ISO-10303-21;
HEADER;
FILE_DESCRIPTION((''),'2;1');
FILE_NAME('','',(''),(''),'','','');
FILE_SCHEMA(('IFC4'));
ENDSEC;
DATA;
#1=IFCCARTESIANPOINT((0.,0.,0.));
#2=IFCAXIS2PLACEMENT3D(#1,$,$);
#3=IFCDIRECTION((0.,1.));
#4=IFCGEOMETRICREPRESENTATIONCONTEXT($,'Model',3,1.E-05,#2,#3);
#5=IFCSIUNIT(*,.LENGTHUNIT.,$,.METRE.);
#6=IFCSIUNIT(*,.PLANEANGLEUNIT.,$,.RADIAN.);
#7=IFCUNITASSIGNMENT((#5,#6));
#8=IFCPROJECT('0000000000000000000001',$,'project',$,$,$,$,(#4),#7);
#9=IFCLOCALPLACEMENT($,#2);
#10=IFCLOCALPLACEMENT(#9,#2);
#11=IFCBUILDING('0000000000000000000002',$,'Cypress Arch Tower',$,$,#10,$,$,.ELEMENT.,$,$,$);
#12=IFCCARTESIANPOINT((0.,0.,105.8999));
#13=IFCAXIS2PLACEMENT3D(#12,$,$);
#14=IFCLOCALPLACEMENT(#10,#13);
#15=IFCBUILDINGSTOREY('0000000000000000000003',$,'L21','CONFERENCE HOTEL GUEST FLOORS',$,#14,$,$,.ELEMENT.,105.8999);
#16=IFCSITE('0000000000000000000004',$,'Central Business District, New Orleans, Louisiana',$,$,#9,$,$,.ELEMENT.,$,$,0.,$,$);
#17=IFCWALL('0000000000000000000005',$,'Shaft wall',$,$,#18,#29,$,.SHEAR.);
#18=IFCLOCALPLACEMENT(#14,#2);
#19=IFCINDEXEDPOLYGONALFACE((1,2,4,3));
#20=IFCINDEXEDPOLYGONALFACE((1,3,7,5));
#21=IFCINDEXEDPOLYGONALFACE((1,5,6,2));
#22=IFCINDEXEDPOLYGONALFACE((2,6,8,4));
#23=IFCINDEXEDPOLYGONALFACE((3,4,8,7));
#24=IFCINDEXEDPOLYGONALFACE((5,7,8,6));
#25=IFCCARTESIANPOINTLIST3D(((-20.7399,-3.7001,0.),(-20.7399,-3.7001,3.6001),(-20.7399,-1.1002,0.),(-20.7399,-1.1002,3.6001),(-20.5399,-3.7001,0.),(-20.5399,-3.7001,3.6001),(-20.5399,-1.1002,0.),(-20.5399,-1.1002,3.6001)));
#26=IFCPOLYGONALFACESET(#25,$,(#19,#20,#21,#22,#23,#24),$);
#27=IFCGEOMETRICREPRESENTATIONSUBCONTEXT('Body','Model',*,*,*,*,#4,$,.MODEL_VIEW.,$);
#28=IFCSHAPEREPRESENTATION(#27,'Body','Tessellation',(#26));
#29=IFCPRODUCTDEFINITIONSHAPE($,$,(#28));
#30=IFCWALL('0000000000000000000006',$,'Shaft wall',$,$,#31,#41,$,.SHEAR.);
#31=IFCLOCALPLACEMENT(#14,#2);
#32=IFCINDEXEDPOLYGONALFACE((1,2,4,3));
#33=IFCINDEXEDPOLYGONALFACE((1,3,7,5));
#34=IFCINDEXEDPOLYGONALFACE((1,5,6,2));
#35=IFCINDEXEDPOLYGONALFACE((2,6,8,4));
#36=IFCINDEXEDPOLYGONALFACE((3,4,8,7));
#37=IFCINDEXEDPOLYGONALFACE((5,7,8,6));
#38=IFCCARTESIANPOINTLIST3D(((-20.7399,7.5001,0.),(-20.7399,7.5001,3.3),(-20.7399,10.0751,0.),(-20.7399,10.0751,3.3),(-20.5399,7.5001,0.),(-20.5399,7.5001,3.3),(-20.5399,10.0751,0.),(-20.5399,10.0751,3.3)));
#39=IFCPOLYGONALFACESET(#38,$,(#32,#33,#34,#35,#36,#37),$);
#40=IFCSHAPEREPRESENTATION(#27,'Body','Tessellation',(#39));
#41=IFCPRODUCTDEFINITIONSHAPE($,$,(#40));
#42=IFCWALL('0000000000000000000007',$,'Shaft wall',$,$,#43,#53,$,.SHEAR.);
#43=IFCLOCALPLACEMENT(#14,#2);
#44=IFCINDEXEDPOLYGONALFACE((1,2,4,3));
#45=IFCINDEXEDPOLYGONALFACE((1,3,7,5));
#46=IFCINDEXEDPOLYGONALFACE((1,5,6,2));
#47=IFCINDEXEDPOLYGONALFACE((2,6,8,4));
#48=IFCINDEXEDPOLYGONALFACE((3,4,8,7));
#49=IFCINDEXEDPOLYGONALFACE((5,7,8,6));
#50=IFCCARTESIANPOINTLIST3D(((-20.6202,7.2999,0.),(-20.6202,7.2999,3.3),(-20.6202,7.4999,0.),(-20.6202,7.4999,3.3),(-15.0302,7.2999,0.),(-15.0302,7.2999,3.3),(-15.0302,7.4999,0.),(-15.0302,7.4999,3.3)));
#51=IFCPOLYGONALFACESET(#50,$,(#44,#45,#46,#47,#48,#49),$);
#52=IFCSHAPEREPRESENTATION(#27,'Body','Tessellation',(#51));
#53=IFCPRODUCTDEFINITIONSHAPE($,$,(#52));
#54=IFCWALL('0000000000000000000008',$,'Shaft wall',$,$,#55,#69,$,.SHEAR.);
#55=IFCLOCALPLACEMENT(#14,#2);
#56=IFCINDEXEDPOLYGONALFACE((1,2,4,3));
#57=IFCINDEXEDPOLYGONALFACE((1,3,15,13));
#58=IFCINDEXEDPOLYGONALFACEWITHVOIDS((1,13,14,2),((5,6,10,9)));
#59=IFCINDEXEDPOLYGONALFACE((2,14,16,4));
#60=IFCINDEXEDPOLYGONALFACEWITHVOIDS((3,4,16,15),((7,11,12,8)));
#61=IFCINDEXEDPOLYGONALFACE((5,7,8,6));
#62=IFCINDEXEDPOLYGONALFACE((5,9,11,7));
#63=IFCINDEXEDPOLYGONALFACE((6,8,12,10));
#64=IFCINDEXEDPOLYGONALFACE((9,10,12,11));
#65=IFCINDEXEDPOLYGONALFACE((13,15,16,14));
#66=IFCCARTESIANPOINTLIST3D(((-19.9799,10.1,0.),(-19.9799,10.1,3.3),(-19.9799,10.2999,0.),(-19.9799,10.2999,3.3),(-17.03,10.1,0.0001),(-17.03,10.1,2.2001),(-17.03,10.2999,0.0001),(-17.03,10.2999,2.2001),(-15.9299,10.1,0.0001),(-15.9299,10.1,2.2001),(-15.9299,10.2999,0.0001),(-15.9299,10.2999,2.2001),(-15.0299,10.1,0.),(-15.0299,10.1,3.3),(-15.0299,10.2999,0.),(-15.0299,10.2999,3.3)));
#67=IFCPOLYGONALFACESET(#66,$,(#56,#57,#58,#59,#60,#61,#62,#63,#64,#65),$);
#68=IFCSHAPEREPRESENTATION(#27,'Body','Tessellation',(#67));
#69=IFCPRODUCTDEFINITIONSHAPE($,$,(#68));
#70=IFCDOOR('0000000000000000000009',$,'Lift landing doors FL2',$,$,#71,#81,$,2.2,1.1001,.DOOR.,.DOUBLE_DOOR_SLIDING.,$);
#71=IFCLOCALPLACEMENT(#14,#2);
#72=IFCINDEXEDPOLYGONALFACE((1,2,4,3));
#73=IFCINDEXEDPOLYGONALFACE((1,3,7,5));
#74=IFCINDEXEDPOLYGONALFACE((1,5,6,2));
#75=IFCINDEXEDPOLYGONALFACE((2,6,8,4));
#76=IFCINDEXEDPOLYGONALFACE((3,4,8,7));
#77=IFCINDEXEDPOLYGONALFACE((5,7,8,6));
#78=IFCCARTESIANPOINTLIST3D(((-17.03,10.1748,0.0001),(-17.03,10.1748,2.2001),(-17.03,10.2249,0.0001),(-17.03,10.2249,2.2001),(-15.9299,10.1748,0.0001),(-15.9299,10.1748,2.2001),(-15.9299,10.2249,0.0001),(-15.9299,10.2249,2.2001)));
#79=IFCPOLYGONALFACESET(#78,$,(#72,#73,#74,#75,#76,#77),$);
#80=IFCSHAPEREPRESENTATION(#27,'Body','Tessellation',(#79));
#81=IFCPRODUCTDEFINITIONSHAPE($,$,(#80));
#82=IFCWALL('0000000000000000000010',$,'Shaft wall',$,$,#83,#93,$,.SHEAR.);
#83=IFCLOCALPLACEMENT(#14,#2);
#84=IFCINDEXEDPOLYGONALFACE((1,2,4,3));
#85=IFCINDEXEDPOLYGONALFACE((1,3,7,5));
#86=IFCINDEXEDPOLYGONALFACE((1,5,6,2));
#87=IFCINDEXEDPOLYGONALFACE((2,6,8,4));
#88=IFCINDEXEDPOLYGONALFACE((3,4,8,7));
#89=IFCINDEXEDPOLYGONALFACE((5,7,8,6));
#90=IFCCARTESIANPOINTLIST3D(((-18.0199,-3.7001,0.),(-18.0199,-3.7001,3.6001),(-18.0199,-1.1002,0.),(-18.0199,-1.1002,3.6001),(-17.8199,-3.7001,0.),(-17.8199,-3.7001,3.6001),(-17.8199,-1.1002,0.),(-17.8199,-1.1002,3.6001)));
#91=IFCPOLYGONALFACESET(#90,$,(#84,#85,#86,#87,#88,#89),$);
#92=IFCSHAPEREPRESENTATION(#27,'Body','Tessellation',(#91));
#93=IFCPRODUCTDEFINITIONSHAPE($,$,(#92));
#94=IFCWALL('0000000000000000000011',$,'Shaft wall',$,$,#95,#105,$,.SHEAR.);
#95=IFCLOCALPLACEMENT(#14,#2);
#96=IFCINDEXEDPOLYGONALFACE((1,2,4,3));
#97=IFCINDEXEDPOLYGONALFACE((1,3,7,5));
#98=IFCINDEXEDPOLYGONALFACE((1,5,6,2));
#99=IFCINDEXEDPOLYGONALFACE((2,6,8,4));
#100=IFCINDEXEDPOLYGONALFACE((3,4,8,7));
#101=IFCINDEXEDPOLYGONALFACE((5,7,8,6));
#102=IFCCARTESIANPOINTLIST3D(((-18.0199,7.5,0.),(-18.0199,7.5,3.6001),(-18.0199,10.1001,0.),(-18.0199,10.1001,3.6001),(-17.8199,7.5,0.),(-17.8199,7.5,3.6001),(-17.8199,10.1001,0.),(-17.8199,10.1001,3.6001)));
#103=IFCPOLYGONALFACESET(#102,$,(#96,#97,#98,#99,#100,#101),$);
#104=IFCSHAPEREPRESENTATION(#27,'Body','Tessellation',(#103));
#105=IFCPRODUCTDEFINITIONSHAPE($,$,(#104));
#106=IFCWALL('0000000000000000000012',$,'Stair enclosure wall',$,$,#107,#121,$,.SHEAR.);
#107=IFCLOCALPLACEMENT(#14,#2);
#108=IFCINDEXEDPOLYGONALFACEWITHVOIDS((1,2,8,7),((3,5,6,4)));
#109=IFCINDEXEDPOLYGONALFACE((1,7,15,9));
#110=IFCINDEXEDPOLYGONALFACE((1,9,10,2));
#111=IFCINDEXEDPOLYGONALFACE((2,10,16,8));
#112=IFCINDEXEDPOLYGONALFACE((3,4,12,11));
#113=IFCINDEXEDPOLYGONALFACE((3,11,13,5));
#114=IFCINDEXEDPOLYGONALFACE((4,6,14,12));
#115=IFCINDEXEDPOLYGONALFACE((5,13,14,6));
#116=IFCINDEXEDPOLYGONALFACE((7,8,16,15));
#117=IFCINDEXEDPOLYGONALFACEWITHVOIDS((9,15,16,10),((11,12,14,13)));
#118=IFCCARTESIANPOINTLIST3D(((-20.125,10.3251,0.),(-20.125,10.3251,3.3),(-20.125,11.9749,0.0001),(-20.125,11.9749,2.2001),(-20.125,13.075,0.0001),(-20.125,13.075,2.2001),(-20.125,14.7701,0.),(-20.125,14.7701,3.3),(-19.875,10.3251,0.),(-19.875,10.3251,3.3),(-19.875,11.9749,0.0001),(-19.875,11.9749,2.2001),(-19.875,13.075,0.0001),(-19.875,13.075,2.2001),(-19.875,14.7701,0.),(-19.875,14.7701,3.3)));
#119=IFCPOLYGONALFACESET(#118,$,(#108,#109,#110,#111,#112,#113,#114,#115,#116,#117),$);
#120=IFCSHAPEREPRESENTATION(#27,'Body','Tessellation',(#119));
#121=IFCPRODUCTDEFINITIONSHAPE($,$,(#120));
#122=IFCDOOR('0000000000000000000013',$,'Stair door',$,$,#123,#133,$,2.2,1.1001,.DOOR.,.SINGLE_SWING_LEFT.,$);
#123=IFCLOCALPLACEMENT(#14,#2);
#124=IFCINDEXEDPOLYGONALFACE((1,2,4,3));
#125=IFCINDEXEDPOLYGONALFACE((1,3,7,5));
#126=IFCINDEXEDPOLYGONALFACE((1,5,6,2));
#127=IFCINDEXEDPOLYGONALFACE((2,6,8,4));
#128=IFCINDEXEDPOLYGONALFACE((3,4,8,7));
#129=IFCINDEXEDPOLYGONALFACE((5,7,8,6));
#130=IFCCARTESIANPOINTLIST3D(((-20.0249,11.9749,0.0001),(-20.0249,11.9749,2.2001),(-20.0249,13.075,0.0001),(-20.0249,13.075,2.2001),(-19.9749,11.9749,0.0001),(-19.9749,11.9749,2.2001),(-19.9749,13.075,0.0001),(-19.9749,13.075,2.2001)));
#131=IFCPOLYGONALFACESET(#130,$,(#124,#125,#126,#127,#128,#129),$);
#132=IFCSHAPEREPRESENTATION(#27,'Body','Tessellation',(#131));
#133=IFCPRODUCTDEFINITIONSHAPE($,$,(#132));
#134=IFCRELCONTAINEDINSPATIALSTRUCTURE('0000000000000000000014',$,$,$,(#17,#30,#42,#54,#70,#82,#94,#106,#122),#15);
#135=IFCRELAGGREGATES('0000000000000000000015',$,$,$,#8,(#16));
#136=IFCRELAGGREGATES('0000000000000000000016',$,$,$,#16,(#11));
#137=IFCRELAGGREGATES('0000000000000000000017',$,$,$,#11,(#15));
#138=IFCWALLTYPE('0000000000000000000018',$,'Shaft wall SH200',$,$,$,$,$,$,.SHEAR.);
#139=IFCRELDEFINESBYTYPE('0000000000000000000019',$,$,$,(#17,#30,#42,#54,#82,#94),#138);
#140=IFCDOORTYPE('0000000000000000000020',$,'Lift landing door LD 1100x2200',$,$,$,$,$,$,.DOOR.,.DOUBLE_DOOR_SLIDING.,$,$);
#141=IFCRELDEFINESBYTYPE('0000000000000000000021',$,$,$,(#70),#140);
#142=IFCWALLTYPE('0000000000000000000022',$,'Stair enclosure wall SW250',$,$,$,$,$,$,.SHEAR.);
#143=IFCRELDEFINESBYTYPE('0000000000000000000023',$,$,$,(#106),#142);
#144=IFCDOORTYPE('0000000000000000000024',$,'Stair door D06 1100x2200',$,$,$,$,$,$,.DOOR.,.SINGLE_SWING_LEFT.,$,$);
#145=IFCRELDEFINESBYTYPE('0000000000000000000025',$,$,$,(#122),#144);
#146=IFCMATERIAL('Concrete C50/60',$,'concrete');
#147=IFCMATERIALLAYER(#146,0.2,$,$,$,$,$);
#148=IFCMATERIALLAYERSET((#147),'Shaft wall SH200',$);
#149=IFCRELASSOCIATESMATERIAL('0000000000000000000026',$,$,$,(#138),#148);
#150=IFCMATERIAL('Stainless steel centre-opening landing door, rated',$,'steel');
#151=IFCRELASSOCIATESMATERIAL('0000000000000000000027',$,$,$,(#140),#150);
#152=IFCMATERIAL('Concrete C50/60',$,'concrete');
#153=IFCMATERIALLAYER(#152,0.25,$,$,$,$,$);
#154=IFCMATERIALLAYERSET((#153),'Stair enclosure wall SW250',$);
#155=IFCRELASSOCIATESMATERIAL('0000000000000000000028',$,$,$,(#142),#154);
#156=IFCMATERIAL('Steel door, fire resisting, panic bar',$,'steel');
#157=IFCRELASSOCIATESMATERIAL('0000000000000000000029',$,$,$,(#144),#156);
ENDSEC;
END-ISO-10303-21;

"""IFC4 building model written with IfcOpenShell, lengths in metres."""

from ifc_helpers import new_model, si_unit, direction, frame, frame_2d, origin, place, context, subcontext, project, spatial, rectangle, extrude, material, layer, layer_set, type_object, element, fill, save


model = new_model("IFC4")

# Units and contexts
model_context = context("Model", 3, precision=1e-05, world=origin(), true_north=direction((0.0, 1.0)))
body_context = subcontext(model_context, "Body", "Model", "MODEL_VIEW")
ifc_project = project(units=[si_unit("LENGTHUNIT", "METRE"), si_unit("PLANEANGLEUNIT", "RADIAN")], contexts=[model_context])

# Site, building, storey
site_placement = place(None, origin())
site = spatial("IfcSite", under=ifc_project, at=site_placement, Name="Central Business District, New Orleans, Louisiana", CompositionType="ELEMENT", RefElevation=0.0)
building_placement = place(site_placement, origin())
building = spatial("IfcBuilding", under=site, at=building_placement, Name="Cypress Arch Tower", CompositionType="ELEMENT")
storey_placement = place(building_placement, frame((0.0, 0.0, 105.8999)))
storey = spatial("IfcBuildingStorey", under=building, at=storey_placement, Name="L21", Description="CONFERENCE HOTEL GUEST FLOORS", CompositionType="ELEMENT", Elevation=105.8999)

# Walls
ifc_material_1 = material(Name="Concrete C50/60", Category="concrete")
ifc_layer_1 = layer(ifc_material_1, 0.2)
ifc_layer_set_1 = layer_set([ifc_layer_1], Name="Shaft wall SH200")
wall_type_1 = type_object("IfcWallType", Name="Shaft wall SH200", PredefinedType="SHEAR", material=ifc_layer_set_1)
wall_1_placement = place(storey_placement, frame((-20.6399, -3.7, 0.0), z_axis=(0.0, 0.0, 1.0), x_axis=(0.0, 1.0, 0.0)))
element("IfcWall", 1, at=wall_1_placement, inside=storey, type_object=wall_type_1, Name="Shaft wall", PredefinedType="SHEAR", context=body_context, shape_type="SweptSolid", body=[
    extrude(rectangle(XDim=2.5999, YDim=0.2, at=frame_2d((1.2998, 0.0))), origin(), (0.0, 0.0, 1.0), 3.6001),
])
wall_2_placement = place(storey_placement, frame((-20.6399, 7.5, 0.0), z_axis=(0.0, 0.0, 1.0), x_axis=(0.0, 1.0, 0.0)))
element("IfcWall", 2, at=wall_2_placement, inside=storey, type_object=wall_type_1, Name="Shaft wall", PredefinedType="SHEAR", context=body_context, shape_type="SweptSolid", body=[
    extrude(rectangle(XDim=2.575, YDim=0.2, at=frame_2d((1.2876, 0.0))), origin(), (0.0, 0.0, 1.0), 3.3),
])
wall_3_placement = place(storey_placement, frame((-20.6201, 7.3999, 0.0), z_axis=(0.0, 0.0, 1.0), x_axis=(1.0, 0.0, 0.0)))
element("IfcWall", 3, at=wall_3_placement, inside=storey, type_object=wall_type_1, Name="Shaft wall", PredefinedType="SHEAR", context=body_context, shape_type="SweptSolid", body=[
    extrude(rectangle(XDim=5.5901, YDim=0.2, at=frame_2d((2.7949, 0.0))), origin(), (0.0, 0.0, 1.0), 3.3),
])

# Wall, opening, door
wall_4_placement = place(storey_placement, frame((-19.98, 10.2, 0.0), z_axis=(0.0, 0.0, 1.0), x_axis=(1.0, 0.0, 0.0)))
wall_4 = element("IfcWall", 4, at=wall_4_placement, inside=storey, type_object=wall_type_1, Name="Shaft wall", PredefinedType="SHEAR", context=body_context, shape_type="SweptSolid", body=[
    extrude(rectangle(XDim=4.95, YDim=0.2, at=frame_2d((2.4751, 0.0))), origin(), (0.0, 0.0, 1.0), 3.3),
])
opening_1_placement = place(wall_4_placement, frame((2.95, 0.0, 0.0)))
opening_1 = element("IfcOpeningElement", 5, at=opening_1_placement, cuts=wall_4, PredefinedType="OPENING", context=body_context, shape_type="SweptSolid", body=[
    extrude(rectangle(XDim=1.1001, YDim=2.2, at=frame_2d((0.55, 1.1001))), frame((0.0, 0.1099, 0.0), z_axis=(0.0, -1.0, 0.0), x_axis=(1.0, 0.0, 0.0)), (0.0, 0.0, 1.0), 0.22),
])
ifc_material_2 = material(Name="Stainless steel centre-opening landing door, rated", Category="steel")
door_type_1 = type_object("IfcDoorType", Name="Lift landing door LD 1100x2200", OperationType="DOUBLE_DOOR_SLIDING", PredefinedType="DOOR", material=ifc_material_2)
door_1_placement = place(opening_1_placement, origin())
door_1 = element("IfcDoor", 6, at=door_1_placement, inside=storey, type_object=door_type_1, Name="Lift landing doors FL2", OperationType="DOUBLE_DOOR_SLIDING", OverallHeight=2.2, OverallWidth=1.1001, PredefinedType="DOOR", context=body_context, shape_type="SweptSolid", body=[
    extrude(rectangle(XDim=1.1001, YDim=2.2, at=frame_2d((0.55, 1.1001))), frame((0.0, 0.0249, 0.0), z_axis=(0.0, -1.0, 0.0), x_axis=(1.0, 0.0, 0.0)), (0.0, 0.0, 1.0), 0.05),
])
fill(opening_1, door_1)

# Walls
wall_5_placement = place(storey_placement, frame((-17.9199, -3.7, 0.0), z_axis=(0.0, 0.0, 1.0), x_axis=(0.0, 1.0, 0.0)))
element("IfcWall", 7, at=wall_5_placement, inside=storey, type_object=wall_type_1, Name="Shaft wall", PredefinedType="SHEAR", context=body_context, shape_type="SweptSolid", body=[
    extrude(rectangle(XDim=2.5999, YDim=0.2, at=frame_2d((1.2998, 0.0))), origin(), (0.0, 0.0, 1.0), 3.6001),
])
wall_6_placement = place(storey_placement, frame((-17.9199, 7.5, 0.0), z_axis=(0.0, 0.0, 1.0), x_axis=(0.0, 1.0, 0.0)))
element("IfcWall", 8, at=wall_6_placement, inside=storey, type_object=wall_type_1, Name="Shaft wall", PredefinedType="SHEAR", context=body_context, shape_type="SweptSolid", body=[
    extrude(rectangle(XDim=2.6001, YDim=0.2, at=frame_2d((1.3, 0.0))), origin(), (0.0, 0.0, 1.0), 3.6001),
])

# Wall, opening, door
ifc_material_3 = material(Name="Concrete C50/60", Category="concrete")
ifc_layer_2 = layer(ifc_material_3, 0.25)
ifc_layer_set_2 = layer_set([ifc_layer_2], Name="Stair enclosure wall SW250")
wall_type_2 = type_object("IfcWallType", Name="Stair enclosure wall SW250", PredefinedType="SHEAR", material=ifc_layer_set_2)
wall_7_placement = place(storey_placement, frame((-20.0, 10.325, 0.0), z_axis=(0.0, 0.0, 1.0), x_axis=(0.0, 1.0, 0.0)))
wall_7 = element("IfcWall", 9, at=wall_7_placement, inside=storey, type_object=wall_type_2, Name="Stair enclosure wall", PredefinedType="SHEAR", context=body_context, shape_type="SweptSolid", body=[
    extrude(rectangle(XDim=4.4451, YDim=0.25, at=frame_2d((2.2227, 0.0))), origin(), (0.0, 0.0, 1.0), 3.3),
])
opening_2_placement = place(wall_7_placement, frame((1.6499, 0.0, 0.0)))
opening_2 = element("IfcOpeningElement", 10, at=opening_2_placement, cuts=wall_7, PredefinedType="OPENING", context=body_context, shape_type="SweptSolid", body=[
    extrude(rectangle(XDim=1.1001, YDim=2.2, at=frame_2d((0.55, 1.1001))), frame((0.0, 0.135, 0.0), z_axis=(0.0, -1.0, 0.0), x_axis=(1.0, 0.0, 0.0)), (0.0, 0.0, 1.0), 0.27),
])
ifc_material_4 = material(Name="Steel door, fire resisting, panic bar", Category="steel")
door_type_2 = type_object("IfcDoorType", Name="Stair door D06 1100x2200", OperationType="SINGLE_SWING_LEFT", PredefinedType="DOOR", material=ifc_material_4)
door_2_placement = place(opening_2_placement, origin())
door_2 = element("IfcDoor", 11, at=door_2_placement, inside=storey, type_object=door_type_2, Name="Stair door", OperationType="SINGLE_SWING_LEFT", OverallHeight=2.2, OverallWidth=1.1001, PredefinedType="DOOR", context=body_context, shape_type="SweptSolid", body=[
    extrude(rectangle(XDim=1.1001, YDim=2.2, at=frame_2d((0.55, 1.1001))), frame((0.0, 0.0249, 0.0), z_axis=(0.0, -1.0, 0.0), x_axis=(1.0, 0.0, 0.0)), (0.0, 0.0, 1.0), 0.05),
])
fill(opening_2, door_2)

save(model, "model.ifc")
